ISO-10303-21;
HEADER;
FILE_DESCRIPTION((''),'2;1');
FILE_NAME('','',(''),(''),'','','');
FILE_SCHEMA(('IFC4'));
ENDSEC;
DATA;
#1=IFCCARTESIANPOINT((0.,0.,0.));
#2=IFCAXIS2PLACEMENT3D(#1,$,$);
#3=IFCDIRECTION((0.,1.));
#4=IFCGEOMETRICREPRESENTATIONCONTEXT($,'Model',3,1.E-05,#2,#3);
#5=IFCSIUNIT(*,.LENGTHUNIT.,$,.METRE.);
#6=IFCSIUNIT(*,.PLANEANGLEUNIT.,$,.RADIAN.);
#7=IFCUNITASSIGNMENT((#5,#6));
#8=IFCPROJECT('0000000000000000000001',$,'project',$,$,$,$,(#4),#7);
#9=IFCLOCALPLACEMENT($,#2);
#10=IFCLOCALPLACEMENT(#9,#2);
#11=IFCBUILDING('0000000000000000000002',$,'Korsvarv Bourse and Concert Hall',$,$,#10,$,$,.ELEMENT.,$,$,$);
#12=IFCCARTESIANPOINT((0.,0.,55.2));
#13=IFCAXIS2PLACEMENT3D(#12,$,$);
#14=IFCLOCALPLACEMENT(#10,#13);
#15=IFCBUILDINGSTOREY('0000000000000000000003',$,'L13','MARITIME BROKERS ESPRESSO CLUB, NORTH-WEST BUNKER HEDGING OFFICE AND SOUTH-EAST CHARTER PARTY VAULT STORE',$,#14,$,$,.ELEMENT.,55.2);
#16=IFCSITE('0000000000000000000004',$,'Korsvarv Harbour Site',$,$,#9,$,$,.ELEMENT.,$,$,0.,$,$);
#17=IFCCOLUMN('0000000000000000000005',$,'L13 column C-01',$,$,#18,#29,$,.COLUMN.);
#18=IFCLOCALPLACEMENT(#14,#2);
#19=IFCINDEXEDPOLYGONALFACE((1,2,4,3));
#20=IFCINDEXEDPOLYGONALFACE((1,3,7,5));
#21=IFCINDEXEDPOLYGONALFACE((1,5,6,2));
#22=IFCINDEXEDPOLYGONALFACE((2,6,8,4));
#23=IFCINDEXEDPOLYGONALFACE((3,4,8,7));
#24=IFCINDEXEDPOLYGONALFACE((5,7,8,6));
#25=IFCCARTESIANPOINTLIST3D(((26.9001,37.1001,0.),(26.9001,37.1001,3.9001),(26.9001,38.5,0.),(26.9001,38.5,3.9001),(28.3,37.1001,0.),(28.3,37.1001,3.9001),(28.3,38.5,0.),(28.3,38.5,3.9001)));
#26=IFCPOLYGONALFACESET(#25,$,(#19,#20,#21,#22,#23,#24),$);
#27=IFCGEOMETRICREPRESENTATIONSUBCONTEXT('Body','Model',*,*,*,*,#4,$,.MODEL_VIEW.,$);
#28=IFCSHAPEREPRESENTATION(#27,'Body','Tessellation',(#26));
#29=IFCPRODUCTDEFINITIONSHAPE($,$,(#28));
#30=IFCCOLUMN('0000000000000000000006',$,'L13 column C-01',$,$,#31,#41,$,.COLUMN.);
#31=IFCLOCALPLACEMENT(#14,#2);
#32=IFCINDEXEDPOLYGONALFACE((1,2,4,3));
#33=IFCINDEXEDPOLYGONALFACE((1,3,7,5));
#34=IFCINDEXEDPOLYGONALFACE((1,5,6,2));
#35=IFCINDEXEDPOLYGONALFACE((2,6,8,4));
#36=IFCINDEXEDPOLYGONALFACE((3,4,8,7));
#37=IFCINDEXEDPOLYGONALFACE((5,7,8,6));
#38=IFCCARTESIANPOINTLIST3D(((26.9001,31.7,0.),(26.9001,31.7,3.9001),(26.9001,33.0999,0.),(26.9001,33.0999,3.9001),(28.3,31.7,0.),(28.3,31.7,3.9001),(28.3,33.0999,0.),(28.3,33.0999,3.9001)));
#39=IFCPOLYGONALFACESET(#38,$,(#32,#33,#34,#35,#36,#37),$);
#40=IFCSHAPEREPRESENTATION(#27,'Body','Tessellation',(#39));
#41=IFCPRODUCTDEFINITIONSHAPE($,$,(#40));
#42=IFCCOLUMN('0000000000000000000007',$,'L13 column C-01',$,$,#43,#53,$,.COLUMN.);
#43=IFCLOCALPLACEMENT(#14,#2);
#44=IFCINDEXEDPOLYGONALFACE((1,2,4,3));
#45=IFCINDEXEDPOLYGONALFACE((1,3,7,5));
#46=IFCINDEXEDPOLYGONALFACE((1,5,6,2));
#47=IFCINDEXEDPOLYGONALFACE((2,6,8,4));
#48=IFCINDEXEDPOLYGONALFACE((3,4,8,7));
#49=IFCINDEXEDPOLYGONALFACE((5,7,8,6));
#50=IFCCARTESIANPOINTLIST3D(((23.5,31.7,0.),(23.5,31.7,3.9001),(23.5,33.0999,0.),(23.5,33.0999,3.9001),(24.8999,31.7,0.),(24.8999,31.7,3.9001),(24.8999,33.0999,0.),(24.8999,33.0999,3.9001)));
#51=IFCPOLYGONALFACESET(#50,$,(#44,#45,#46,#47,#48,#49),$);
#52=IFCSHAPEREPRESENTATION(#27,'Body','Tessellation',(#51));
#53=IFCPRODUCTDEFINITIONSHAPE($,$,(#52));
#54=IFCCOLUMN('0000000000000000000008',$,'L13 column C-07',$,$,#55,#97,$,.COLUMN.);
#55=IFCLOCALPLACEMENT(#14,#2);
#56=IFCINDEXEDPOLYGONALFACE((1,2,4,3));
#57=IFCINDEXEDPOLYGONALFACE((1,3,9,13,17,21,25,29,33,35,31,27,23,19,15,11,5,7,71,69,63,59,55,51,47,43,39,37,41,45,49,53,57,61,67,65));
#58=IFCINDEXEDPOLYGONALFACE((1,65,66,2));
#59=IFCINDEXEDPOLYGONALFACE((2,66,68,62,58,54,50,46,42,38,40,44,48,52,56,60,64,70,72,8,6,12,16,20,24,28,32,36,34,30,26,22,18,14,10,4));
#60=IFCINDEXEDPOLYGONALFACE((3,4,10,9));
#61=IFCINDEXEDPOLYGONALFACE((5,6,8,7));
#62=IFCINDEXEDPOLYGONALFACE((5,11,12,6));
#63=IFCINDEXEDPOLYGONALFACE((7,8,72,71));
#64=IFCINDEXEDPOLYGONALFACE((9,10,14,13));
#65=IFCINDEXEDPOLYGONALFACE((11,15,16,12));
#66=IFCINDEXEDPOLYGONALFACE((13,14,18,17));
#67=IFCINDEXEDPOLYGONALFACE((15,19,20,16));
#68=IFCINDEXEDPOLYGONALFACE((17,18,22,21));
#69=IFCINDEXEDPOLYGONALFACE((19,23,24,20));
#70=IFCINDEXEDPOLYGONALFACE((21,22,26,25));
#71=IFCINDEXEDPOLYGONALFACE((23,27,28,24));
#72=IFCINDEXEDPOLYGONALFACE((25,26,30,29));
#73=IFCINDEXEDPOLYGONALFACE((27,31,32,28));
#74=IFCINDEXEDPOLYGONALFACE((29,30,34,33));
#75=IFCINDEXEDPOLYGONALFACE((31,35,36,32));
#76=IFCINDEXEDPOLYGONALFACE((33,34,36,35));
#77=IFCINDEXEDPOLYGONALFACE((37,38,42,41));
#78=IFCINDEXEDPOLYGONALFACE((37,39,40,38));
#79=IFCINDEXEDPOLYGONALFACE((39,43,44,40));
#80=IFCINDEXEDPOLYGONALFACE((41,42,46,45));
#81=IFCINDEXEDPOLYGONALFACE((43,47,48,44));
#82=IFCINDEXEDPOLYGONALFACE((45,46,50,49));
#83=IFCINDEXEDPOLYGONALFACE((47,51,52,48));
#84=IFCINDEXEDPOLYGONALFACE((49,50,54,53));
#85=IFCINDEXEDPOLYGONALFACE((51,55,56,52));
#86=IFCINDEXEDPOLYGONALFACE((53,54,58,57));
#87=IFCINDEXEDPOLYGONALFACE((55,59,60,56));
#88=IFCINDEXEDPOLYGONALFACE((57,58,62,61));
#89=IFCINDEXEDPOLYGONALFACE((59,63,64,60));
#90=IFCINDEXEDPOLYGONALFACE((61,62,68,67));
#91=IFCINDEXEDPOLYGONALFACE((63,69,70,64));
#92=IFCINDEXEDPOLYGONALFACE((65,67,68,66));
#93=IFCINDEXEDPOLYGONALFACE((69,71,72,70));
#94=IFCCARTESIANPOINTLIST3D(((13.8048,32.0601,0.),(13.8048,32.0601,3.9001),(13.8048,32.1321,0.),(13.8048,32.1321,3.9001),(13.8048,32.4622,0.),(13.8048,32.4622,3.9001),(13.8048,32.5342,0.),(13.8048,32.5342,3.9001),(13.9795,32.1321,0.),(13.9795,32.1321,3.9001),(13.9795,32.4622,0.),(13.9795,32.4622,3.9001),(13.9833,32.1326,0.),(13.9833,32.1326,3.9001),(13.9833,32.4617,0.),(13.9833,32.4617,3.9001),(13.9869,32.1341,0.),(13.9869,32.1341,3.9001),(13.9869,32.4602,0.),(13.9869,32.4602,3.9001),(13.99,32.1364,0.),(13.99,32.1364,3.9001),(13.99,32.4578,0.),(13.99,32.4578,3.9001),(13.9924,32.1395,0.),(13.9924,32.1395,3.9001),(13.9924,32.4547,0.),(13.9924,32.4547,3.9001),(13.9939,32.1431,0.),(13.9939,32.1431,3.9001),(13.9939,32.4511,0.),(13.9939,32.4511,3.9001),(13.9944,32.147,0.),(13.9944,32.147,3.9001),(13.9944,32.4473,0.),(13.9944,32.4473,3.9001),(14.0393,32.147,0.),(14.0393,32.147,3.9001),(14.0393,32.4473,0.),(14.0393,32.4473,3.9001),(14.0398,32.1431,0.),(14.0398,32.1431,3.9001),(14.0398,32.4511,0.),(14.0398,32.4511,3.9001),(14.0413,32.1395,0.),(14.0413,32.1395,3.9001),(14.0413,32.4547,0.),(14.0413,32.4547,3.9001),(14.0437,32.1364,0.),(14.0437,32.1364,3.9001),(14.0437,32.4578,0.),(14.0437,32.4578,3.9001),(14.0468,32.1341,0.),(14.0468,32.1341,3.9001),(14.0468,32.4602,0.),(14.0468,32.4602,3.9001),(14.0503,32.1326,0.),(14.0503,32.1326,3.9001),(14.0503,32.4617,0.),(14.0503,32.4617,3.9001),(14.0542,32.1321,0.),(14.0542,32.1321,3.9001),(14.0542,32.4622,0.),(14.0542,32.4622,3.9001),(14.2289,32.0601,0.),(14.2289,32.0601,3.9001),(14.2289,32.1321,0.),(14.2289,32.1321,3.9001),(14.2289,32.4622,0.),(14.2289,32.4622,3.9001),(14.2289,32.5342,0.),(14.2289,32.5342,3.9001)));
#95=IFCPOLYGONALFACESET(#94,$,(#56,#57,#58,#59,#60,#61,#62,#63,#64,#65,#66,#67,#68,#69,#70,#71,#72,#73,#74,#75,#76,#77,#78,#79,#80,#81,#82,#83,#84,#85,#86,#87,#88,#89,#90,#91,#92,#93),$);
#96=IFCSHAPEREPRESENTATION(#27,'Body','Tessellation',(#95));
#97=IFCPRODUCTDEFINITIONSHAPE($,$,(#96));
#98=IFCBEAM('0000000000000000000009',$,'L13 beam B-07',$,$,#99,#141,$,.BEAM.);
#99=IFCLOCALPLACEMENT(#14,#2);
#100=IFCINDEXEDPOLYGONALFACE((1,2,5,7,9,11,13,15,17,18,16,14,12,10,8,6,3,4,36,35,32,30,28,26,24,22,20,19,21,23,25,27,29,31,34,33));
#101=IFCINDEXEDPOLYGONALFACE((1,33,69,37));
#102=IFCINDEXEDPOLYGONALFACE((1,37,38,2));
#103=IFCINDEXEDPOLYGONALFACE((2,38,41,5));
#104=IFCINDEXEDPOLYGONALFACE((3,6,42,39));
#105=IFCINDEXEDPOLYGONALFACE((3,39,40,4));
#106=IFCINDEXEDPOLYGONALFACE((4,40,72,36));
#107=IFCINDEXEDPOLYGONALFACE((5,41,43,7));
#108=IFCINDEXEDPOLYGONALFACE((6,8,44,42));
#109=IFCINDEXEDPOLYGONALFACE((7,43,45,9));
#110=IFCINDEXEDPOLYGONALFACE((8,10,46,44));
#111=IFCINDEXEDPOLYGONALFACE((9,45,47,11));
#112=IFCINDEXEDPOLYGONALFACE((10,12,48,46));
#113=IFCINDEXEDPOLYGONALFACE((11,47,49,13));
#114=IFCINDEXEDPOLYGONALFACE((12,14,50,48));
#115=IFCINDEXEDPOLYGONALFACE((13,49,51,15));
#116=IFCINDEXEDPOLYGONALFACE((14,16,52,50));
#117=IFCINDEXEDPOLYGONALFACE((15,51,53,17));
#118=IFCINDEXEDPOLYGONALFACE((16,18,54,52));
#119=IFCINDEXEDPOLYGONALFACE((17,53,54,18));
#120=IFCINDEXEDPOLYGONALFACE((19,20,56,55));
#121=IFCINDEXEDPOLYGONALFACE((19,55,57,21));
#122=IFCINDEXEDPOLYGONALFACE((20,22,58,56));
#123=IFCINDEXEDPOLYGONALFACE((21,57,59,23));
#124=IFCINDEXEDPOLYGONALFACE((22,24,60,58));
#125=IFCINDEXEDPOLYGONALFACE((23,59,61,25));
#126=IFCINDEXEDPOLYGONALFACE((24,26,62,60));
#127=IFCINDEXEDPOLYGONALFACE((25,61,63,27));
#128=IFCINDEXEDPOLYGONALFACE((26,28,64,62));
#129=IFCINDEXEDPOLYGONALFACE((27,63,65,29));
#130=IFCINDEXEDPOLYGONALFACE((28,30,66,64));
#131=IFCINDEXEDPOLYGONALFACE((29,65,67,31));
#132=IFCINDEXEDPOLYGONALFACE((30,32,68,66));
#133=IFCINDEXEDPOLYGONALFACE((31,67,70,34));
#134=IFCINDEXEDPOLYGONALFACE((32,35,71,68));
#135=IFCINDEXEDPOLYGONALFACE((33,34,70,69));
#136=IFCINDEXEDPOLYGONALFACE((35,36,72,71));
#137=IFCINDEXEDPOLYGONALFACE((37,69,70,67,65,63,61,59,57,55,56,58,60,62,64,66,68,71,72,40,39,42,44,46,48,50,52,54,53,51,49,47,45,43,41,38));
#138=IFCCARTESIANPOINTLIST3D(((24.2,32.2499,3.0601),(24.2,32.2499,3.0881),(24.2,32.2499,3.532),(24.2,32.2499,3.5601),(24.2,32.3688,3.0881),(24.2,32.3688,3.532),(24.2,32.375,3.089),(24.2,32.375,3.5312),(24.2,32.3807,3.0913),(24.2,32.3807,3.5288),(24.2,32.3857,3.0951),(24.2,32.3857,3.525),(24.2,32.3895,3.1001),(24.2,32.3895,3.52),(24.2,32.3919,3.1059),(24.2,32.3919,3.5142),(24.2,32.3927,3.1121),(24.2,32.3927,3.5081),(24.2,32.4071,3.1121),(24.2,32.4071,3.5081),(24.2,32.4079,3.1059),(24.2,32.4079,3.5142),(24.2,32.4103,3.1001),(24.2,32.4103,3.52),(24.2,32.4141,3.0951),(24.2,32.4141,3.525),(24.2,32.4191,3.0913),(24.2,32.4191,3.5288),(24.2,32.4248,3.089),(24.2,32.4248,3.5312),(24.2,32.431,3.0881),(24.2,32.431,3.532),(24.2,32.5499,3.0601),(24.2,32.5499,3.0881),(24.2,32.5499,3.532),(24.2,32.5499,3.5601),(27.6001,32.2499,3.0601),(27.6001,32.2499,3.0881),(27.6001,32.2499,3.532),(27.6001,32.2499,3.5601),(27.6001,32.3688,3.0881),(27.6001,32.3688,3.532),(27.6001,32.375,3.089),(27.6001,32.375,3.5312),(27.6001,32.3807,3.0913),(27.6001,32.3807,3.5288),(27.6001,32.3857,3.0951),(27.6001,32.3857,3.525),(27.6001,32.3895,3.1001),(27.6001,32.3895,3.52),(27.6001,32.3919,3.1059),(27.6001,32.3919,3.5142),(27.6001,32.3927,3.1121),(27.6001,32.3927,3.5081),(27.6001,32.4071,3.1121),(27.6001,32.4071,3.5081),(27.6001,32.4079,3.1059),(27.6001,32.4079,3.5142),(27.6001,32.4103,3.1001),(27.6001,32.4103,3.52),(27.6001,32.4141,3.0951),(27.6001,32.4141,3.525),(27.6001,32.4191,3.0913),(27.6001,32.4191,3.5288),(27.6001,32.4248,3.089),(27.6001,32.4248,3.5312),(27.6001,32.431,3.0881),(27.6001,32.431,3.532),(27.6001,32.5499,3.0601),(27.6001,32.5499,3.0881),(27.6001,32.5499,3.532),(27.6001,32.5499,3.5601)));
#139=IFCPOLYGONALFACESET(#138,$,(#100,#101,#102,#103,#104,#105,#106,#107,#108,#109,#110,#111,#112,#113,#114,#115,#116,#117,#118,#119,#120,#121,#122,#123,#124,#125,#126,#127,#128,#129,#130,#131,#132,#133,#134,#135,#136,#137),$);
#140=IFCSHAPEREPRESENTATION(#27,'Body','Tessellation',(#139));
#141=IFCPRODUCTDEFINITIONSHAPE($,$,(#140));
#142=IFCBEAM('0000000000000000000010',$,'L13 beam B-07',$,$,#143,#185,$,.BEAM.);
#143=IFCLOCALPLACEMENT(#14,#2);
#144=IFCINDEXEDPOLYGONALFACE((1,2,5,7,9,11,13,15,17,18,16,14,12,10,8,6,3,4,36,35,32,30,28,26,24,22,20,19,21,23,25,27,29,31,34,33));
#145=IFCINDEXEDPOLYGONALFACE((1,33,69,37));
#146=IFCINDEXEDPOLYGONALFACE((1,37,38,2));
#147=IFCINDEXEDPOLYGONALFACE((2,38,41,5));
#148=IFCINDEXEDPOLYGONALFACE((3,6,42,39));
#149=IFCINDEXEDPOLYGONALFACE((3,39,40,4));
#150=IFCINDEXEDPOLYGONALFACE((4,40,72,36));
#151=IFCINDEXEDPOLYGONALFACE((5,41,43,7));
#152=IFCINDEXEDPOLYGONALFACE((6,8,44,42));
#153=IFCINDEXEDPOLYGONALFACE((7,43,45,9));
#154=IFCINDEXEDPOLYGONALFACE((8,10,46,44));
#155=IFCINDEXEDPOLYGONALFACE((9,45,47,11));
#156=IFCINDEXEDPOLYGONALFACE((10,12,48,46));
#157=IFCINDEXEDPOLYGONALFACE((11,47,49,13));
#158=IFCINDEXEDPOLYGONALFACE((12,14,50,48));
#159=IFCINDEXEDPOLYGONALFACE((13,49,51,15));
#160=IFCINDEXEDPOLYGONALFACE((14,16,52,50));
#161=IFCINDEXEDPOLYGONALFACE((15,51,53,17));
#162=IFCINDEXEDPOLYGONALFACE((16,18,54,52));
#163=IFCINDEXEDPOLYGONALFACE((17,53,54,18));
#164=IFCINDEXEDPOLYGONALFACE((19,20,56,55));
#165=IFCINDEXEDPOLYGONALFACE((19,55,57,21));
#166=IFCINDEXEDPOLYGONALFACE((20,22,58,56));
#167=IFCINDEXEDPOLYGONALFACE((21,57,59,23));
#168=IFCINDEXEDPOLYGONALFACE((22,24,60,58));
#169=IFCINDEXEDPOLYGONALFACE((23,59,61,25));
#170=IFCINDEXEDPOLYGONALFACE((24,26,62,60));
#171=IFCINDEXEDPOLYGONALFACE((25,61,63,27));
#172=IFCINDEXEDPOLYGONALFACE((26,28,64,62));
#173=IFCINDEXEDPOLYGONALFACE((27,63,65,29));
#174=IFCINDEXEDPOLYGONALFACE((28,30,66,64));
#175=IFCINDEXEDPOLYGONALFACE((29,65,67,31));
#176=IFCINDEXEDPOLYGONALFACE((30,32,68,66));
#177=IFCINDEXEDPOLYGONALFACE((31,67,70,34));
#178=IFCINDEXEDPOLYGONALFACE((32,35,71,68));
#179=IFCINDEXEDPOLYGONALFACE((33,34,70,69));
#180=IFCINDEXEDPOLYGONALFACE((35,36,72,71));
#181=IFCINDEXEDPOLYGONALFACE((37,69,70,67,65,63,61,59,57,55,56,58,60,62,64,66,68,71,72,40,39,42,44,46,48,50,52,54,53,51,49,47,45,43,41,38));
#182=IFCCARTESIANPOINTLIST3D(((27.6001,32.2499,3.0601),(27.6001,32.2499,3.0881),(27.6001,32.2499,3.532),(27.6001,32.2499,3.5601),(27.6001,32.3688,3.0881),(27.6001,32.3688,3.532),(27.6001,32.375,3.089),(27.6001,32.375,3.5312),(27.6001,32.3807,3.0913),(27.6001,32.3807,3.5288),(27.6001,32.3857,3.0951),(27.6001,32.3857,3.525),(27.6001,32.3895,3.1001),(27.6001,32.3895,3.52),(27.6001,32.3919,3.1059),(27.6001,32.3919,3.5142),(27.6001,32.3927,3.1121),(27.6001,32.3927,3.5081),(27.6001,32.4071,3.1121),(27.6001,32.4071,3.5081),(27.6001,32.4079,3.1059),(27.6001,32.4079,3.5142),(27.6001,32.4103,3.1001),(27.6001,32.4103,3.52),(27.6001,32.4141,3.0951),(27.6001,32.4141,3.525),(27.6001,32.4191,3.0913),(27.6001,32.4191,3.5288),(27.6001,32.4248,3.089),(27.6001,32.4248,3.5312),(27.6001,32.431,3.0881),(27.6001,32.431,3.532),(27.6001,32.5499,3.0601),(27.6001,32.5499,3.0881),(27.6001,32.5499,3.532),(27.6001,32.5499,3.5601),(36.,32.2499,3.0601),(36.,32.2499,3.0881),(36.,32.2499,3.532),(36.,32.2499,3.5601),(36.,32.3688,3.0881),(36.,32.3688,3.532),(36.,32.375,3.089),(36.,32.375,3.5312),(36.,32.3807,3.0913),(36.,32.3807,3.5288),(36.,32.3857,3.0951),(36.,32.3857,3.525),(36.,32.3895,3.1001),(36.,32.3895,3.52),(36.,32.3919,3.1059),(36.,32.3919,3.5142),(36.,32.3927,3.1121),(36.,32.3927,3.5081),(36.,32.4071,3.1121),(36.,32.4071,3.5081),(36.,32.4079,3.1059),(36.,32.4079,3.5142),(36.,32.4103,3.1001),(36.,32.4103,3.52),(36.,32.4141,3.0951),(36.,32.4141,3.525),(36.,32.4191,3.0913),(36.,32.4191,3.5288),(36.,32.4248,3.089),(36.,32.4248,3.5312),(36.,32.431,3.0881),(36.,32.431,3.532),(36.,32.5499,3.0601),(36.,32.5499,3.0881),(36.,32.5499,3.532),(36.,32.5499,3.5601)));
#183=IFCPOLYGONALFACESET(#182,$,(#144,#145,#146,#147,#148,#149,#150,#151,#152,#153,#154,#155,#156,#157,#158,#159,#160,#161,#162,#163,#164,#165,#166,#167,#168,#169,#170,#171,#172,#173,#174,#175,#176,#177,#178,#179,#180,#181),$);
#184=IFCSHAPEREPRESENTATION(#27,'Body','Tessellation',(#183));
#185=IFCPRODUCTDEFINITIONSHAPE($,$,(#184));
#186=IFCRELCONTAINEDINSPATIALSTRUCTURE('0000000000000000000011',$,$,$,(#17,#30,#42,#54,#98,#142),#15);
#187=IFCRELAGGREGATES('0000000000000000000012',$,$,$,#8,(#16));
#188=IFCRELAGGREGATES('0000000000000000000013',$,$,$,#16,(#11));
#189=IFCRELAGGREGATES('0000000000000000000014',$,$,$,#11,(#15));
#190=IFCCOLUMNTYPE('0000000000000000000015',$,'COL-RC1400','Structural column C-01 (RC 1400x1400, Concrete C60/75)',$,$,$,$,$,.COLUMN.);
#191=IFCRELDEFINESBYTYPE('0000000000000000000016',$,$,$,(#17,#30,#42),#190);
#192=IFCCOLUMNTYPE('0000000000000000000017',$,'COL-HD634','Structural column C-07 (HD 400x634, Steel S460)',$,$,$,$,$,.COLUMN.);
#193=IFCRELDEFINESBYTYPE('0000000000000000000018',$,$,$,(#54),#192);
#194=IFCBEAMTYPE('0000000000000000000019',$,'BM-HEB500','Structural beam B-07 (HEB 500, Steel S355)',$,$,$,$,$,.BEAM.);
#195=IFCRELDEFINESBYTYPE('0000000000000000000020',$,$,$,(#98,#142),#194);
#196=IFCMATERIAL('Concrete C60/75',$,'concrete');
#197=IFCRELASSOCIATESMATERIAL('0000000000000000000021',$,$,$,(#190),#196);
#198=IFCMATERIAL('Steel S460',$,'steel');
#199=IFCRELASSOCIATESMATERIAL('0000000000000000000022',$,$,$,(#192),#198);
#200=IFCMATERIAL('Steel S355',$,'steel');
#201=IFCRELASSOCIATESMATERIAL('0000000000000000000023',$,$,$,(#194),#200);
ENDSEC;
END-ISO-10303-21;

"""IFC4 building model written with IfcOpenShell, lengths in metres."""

from ifc_helpers import new_model, si_unit, direction, frame, origin, origin_2d, place, context, subcontext, project, spatial, rectangle, i_section, extrude, source, transform, mapped, material, material_profile, profile_set, type_object, element, save


model = new_model("IFC4")

# Units and contexts
model_context = context("Model", 3, precision=1e-05, world=origin(), true_north=direction((0.0, 1.0)))
body_context = subcontext(model_context, "Body", "Model", "MODEL_VIEW")
ifc_project = project(units=[si_unit("LENGTHUNIT", "METRE"), si_unit("PLANEANGLEUNIT", "RADIAN")], contexts=[model_context])

# Site, building, storey
site_placement = place(None, origin())
site = spatial("IfcSite", under=ifc_project, at=site_placement, Name="Korsvarv Harbour Site", CompositionType="ELEMENT", RefElevation=0.0)
building_placement = place(site_placement, origin())
building = spatial("IfcBuilding", under=site, at=building_placement, Name="Korsvarv Bourse and Concert Hall", CompositionType="ELEMENT")
storey_placement = place(building_placement, frame((0.0, 0.0, 55.2)))
storey = spatial("IfcBuildingStorey", under=building, at=storey_placement, Name="L13", Description="MARITIME BROKERS ESPRESSO CLUB, NORTH-WEST BUNKER HEDGING OFFICE AND SOUTH-EAST CHARTER PARTY VAULT STORE", CompositionType="ELEMENT", Elevation=55.2)

# Columns
ifc_material_1 = material(Name="Concrete C60/75", Category="concrete")
ifc_material_profile_1 = material_profile(ifc_material_1, rectangle(XDim=1.3999, YDim=1.3999, at=origin_2d()), Name="RC 1400x1400")
ifc_profile_set_1 = profile_set([ifc_material_profile_1], Name="Concrete C60/75")
column_type_1 = type_object("IfcColumnType", Name="COL-RC1400", Description="Structural column C-01 (RC 1400x1400, Concrete C60/75)", PredefinedType="COLUMN", material=ifc_profile_set_1)
shared_shape_1 = source(origin(), body_context, "Body", "SweptSolid", [
    extrude(rectangle(XDim=1.3999, YDim=1.3999, at=origin_2d()), origin(), (0.0, 0.0, 1.0), 3.9001),
])
for number, where, z_axis, x_axis, name in (
    (1, (27.6001, 37.8, 0.0), (0.0, 0.0, 1.0), (1.0, 0.0, 0.0), "L13 column C-01"),
    (2, (27.6001, 32.3999, 0.0), (0.0, 0.0, 1.0), (1.0, 0.0, 0.0), "L13 column C-01"),
    (3, (24.2, 32.3999, 0.0), (0.0, 0.0, 1.0), (1.0, 0.0, 0.0), "L13 column C-01"),
):
    element("IfcColumn", number, at=place(storey_placement, frame(where, z_axis=z_axis, x_axis=x_axis)), inside=storey, type_object=column_type_1, Name=name, PredefinedType="COLUMN", context=body_context, shape_type="MappedRepresentation", body=[
        mapped(shared_shape_1, transform((0.0, 0.0, 0.0), scale=1.0)),
    ])
ifc_material_2 = material(Name="Steel S460", Category="steel")
ifc_material_profile_2 = material_profile(ifc_material_2, i_section(OverallWidth=0.4241, OverallDepth=0.4741, WebThickness=0.0449, FlangeThickness=0.072, FilletRadius=0.0149, at=origin_2d()), Name="HD 400x634")
ifc_profile_set_2 = profile_set([ifc_material_profile_2], Name="Steel S460")
column_type_2 = type_object("IfcColumnType", Name="COL-HD634", Description="Structural column C-07 (HD 400x634, Steel S460)", PredefinedType="COLUMN", material=ifc_profile_set_2)
shared_shape_2 = source(origin(), body_context, "Body", "SweptSolid", [
    extrude(i_section(OverallWidth=0.4241, OverallDepth=0.4741, WebThickness=0.0449, FlangeThickness=0.072, FilletRadius=0.0149, at=origin_2d()), origin(), (0.0, 0.0, 1.0), 3.9001),
])
column_placement = place(storey_placement, frame((14.0168, 32.2971, 0.0), z_axis=(0.0, 0.0, 1.0), x_axis=(1.0, 0.0, 0.0)))
element("IfcColumn", 4, at=column_placement, inside=storey, type_object=column_type_2, Name="L13 column C-07", PredefinedType="COLUMN", context=body_context, shape_type="MappedRepresentation", body=[
    mapped(shared_shape_2, transform((0.0, 0.0, 0.0), scale=1.0)),
])

# Beams
ifc_material_3 = material(Name="Steel S355", Category="steel")
ifc_material_profile_3 = material_profile(ifc_material_3, i_section(OverallWidth=0.3, OverallDepth=0.5, WebThickness=0.0144, FlangeThickness=0.0281, FilletRadius=0.0239, at=origin_2d()), Name="HEB 500")
ifc_profile_set_3 = profile_set([ifc_material_profile_3], Name="Steel S355")
beam_type_1 = type_object("IfcBeamType", Name="BM-HEB500", Description="Structural beam B-07 (HEB 500, Steel S355)", PredefinedType="BEAM", material=ifc_profile_set_3)
shared_shape_3 = source(origin(), body_context, "Body", "SweptSolid", [
    extrude(i_section(OverallWidth=0.3, OverallDepth=0.5, WebThickness=0.0144, FlangeThickness=0.0281, FilletRadius=0.0239, at=origin_2d()), origin(), (0.0, 0.0, 1.0), 3.4001),
])
beam_1_placement = place(storey_placement, frame((24.2, 32.3999, 3.3101), z_axis=(1.0, 0.0, 0.0), x_axis=(0.0, 1.0, 0.0)))
element("IfcBeam", 5, at=beam_1_placement, inside=storey, type_object=beam_type_1, Name="L13 beam B-07", PredefinedType="BEAM", context=body_context, shape_type="MappedRepresentation", body=[
    mapped(shared_shape_3, transform((0.0, 0.0, 0.0), scale=1.0)),
])
shared_shape_4 = source(origin(), body_context, "Body", "SweptSolid", [
    extrude(i_section(OverallWidth=0.3, OverallDepth=0.5, WebThickness=0.0144, FlangeThickness=0.0281, FilletRadius=0.0239, at=origin_2d()), origin(), (0.0, 0.0, 1.0), 8.3999),
])
beam_2_placement = place(storey_placement, frame((27.6001, 32.3999, 3.3101), z_axis=(1.0, 0.0, 0.0), x_axis=(0.0, 1.0, 0.0)))
element("IfcBeam", 6, at=beam_2_placement, inside=storey, type_object=beam_type_1, Name="L13 beam B-07", PredefinedType="BEAM", context=body_context, shape_type="MappedRepresentation", body=[
    mapped(shared_shape_4, transform((0.0, 0.0, 0.0), scale=1.0)),
])

save(model, "model.ifc")
